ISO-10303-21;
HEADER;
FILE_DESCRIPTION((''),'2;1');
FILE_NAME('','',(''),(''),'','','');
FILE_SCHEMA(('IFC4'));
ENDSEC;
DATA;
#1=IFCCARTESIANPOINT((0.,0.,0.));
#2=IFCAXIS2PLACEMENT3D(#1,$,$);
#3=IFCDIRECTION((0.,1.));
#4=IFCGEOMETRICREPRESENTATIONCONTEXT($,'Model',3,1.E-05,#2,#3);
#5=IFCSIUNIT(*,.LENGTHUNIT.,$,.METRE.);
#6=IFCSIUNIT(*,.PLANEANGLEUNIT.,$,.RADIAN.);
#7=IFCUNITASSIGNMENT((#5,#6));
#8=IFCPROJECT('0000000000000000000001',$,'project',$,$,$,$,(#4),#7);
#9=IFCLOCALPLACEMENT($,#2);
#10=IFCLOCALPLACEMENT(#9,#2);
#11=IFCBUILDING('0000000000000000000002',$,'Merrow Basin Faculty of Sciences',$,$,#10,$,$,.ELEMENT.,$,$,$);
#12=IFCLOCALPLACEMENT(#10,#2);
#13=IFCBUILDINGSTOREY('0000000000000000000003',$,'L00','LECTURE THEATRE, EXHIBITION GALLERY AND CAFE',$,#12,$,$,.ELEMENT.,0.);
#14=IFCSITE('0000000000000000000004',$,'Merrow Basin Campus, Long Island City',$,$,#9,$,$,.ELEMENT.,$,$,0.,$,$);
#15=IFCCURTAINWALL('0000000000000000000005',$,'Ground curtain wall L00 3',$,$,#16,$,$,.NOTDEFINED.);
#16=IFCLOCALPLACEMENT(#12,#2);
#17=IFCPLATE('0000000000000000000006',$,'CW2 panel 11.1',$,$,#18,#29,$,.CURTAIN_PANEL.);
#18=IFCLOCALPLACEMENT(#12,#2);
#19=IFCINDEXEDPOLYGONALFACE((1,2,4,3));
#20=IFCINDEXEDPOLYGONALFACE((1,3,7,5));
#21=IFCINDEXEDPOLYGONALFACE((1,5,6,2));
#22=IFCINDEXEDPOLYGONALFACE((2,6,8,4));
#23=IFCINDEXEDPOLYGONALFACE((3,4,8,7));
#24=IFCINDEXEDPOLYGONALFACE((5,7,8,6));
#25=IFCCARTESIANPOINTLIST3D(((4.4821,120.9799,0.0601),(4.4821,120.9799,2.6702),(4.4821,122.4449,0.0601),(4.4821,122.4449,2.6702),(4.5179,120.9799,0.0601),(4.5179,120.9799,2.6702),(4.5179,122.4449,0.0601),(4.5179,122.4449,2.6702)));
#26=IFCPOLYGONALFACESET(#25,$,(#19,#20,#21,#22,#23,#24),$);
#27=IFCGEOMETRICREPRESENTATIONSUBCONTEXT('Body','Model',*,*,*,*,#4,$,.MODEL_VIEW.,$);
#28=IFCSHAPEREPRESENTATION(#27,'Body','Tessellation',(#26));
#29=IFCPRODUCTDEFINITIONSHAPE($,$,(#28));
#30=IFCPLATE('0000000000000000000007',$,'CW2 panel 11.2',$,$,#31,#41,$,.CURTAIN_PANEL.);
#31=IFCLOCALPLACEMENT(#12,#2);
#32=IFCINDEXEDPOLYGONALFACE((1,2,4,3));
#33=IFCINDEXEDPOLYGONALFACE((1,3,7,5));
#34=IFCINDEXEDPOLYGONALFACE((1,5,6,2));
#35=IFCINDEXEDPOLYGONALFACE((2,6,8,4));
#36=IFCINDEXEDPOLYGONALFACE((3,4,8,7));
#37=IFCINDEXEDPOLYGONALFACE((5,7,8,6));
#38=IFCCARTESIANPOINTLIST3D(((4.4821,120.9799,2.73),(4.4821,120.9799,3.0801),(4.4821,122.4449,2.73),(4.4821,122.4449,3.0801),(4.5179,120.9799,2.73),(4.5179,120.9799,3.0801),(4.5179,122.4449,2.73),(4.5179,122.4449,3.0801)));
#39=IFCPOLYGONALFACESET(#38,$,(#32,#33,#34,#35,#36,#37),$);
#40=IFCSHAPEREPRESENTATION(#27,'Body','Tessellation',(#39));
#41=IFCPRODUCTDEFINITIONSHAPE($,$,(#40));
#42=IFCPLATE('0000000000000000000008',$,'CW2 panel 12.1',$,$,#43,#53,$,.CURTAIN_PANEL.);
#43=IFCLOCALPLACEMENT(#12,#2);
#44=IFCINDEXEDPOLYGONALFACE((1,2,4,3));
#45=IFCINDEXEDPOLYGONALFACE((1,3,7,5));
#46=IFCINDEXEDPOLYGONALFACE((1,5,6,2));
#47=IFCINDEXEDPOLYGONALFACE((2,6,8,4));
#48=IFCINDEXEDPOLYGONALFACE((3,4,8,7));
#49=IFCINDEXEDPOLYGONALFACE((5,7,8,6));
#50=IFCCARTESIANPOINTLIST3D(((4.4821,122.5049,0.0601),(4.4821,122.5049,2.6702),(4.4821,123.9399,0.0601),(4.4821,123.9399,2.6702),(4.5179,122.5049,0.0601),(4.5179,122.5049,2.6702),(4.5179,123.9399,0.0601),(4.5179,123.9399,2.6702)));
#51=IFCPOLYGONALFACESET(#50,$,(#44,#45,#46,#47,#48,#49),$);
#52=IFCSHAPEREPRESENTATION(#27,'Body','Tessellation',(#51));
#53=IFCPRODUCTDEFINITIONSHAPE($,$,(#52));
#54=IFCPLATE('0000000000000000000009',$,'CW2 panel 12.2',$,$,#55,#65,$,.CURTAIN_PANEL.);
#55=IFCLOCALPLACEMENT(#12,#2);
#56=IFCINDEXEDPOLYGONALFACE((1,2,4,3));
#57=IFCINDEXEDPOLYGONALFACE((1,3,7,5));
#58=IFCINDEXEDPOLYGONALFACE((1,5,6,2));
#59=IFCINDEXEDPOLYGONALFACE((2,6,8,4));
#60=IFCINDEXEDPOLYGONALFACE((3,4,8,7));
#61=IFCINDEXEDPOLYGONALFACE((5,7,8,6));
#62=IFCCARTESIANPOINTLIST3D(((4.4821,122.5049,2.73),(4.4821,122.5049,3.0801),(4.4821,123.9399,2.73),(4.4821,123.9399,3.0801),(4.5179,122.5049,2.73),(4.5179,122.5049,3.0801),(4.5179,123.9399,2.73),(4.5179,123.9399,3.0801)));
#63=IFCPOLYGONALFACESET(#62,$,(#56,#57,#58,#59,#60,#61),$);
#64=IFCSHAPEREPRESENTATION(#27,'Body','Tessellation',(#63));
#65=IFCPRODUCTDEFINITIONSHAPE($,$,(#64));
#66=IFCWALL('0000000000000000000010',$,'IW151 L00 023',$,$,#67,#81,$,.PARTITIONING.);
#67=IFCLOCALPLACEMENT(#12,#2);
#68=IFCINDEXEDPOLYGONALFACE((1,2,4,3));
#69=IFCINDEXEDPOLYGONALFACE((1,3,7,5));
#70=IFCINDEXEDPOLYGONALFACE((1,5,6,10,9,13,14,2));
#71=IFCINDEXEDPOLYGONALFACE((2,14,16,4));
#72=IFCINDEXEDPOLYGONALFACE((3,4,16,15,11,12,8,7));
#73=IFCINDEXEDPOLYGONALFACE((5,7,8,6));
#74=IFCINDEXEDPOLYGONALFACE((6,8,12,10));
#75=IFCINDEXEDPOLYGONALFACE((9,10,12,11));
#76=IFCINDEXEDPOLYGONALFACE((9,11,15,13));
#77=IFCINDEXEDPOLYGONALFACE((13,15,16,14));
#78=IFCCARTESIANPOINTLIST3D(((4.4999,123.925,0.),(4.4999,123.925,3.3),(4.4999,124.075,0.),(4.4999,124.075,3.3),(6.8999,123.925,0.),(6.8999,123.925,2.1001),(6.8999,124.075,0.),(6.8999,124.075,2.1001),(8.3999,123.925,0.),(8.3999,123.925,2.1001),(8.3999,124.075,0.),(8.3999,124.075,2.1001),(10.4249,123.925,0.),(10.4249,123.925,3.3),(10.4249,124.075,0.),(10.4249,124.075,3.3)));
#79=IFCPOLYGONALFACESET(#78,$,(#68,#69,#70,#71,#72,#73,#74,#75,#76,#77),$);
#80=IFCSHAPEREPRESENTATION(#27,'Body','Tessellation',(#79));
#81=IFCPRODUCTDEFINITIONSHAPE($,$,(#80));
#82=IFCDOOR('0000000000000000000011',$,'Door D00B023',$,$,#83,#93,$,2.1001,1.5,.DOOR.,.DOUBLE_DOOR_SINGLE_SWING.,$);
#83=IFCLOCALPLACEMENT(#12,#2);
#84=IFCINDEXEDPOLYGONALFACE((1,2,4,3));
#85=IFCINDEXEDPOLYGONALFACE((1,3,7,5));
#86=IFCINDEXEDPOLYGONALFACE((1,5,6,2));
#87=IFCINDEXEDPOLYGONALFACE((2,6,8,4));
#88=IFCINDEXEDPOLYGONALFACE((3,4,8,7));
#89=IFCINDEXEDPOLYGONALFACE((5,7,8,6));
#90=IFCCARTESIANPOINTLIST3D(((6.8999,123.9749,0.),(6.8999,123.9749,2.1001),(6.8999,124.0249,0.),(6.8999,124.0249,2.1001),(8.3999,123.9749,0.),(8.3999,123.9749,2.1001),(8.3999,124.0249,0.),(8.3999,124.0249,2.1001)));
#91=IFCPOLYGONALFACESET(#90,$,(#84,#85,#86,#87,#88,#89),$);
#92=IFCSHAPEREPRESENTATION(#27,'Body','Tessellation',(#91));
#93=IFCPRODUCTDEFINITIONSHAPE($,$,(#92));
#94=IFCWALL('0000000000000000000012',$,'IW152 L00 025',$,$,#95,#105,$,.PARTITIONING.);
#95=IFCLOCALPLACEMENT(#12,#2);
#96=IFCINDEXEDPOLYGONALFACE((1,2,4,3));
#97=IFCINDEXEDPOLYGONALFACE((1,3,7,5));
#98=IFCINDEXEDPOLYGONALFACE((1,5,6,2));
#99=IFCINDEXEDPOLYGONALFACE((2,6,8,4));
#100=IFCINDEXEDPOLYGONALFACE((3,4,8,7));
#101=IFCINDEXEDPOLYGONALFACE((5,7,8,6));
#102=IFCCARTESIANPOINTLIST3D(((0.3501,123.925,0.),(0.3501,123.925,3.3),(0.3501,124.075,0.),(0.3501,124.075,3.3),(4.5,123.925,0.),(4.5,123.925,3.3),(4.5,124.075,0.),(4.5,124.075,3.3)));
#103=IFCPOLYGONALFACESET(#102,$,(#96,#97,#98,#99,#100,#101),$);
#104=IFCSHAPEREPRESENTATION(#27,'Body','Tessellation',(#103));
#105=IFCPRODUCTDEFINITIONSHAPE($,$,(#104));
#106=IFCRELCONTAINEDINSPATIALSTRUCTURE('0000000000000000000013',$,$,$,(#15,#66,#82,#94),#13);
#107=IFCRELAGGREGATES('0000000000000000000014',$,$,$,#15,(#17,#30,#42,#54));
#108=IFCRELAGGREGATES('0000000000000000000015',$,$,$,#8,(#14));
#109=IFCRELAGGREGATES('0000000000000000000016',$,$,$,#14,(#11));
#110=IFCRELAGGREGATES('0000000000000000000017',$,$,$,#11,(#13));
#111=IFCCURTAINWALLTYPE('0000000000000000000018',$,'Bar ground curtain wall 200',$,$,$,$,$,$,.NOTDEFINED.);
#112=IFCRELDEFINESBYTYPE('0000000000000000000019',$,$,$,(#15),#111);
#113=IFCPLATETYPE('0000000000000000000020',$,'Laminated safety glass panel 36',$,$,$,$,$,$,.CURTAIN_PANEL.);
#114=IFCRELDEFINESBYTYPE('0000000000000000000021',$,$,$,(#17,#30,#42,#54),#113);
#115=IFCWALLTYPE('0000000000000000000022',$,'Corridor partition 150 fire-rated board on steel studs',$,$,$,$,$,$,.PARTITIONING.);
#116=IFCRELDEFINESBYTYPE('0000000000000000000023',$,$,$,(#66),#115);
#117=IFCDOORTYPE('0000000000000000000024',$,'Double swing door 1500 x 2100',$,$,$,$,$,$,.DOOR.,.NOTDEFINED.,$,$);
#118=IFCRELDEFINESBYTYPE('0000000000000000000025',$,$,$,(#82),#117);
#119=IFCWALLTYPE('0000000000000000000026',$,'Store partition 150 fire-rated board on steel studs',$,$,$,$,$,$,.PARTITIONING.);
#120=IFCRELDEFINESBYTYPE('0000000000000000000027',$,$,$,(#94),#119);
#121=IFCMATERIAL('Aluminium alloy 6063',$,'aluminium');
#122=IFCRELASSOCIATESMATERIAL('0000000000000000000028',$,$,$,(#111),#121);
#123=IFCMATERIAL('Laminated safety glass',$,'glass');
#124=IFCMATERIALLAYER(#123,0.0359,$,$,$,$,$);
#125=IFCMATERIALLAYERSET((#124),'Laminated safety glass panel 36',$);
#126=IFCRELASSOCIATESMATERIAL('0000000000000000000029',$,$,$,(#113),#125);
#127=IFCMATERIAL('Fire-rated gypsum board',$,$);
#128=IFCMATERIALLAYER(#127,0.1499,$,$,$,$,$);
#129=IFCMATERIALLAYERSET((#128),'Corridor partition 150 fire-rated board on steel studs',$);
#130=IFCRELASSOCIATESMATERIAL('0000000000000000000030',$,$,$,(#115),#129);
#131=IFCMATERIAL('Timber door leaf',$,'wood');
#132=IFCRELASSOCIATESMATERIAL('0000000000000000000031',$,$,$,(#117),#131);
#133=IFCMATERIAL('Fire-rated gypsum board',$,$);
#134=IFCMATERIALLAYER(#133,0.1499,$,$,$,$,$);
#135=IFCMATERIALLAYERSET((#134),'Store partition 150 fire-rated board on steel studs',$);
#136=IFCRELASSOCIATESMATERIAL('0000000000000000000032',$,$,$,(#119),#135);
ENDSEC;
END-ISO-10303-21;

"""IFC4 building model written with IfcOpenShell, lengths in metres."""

from ifc_helpers import new_model, si_unit, direction, frame, frame_2d, origin, origin_2d, place, context, subcontext, project, spatial, rectangle, extrude, material, layer, layer_set, type_object, element, fill, aggregate, save


model = new_model("IFC4")

# Units and contexts
model_context = context("Model", 3, precision=1e-05, world=origin(), true_north=direction((0.0, 1.0)))
body_context = subcontext(model_context, "Body", "Model", "MODEL_VIEW")
ifc_project = project(units=[si_unit("LENGTHUNIT", "METRE"), si_unit("PLANEANGLEUNIT", "RADIAN")], contexts=[model_context])

# Site, building, storey
site_placement = place(None, origin())
site = spatial("IfcSite", under=ifc_project, at=site_placement, Name="Merrow Basin Campus, Long Island City", CompositionType="ELEMENT", RefElevation=0.0)
building_placement = place(site_placement, origin())
building = spatial("IfcBuilding", under=site, at=building_placement, Name="Merrow Basin Faculty of Sciences", CompositionType="ELEMENT")
storey_placement = place(building_placement, origin())
storey = spatial("IfcBuildingStorey", under=building, at=storey_placement, Name="L00", Description="LECTURE THEATRE, EXHIBITION GALLERY AND CAFE", CompositionType="ELEMENT", Elevation=0.0)

# Curtain wall, plates
ifc_material_1 = material(Name="Aluminium alloy 6063", Category="aluminium")
curtain_wall_type = type_object("IfcCurtainWallType", Name="Bar ground curtain wall 200", PredefinedType="NOTDEFINED", material=ifc_material_1)
curtain_wall_placement = place(storey_placement, origin())
curtain_wall = element("IfcCurtainWall", 1, at=curtain_wall_placement, inside=storey, type_object=curtain_wall_type, Name="Ground curtain wall L00 3", PredefinedType="NOTDEFINED")
ifc_material_2 = material(Name="Laminated safety glass", Category="glass")
ifc_layer_1 = layer(ifc_material_2, 0.0359)
ifc_layer_set_1 = layer_set([ifc_layer_1], Name="Laminated safety glass panel 36")
plate_type = type_object("IfcPlateType", Name="Laminated safety glass panel 36", PredefinedType="CURTAIN_PANEL", material=ifc_layer_set_1)
plate_1_placement = place(storey_placement, frame((4.5, 121.7124, 0.0601), z_axis=(0.0, 0.0, 1.0), x_axis=(0.0, 1.0, 0.0)))
plate_1 = element("IfcPlate", 2, at=plate_1_placement, type_object=plate_type, Name="CW2 panel 11.1", PredefinedType="CURTAIN_PANEL", context=body_context, shape_type="SweptSolid", body=[
    extrude(rectangle(XDim=1.4651, YDim=0.0359, at=origin_2d()), origin(), (0.0, 0.0, 1.0), 2.6101),
])
plate_2_placement = place(storey_placement, frame((4.5, 121.7124, 2.73), z_axis=(0.0, 0.0, 1.0), x_axis=(0.0, 1.0, 0.0)))
plate_2 = element("IfcPlate", 3, at=plate_2_placement, type_object=plate_type, Name="CW2 panel 11.2", PredefinedType="CURTAIN_PANEL", context=body_context, shape_type="SweptSolid", body=[
    extrude(rectangle(XDim=1.4651, YDim=0.0359, at=origin_2d()), origin(), (0.0, 0.0, 1.0), 0.3501),
])
plate_3_placement = place(storey_placement, frame((4.5, 123.2224, 0.0601), z_axis=(0.0, 0.0, 1.0), x_axis=(0.0, 1.0, 0.0)))
plate_3 = element("IfcPlate", 4, at=plate_3_placement, type_object=plate_type, Name="CW2 panel 12.1", PredefinedType="CURTAIN_PANEL", context=body_context, shape_type="SweptSolid", body=[
    extrude(rectangle(XDim=1.4351, YDim=0.0359, at=origin_2d()), origin(), (0.0, 0.0, 1.0), 2.6101),
])
plate_4_placement = place(storey_placement, frame((4.5, 123.2224, 2.73), z_axis=(0.0, 0.0, 1.0), x_axis=(0.0, 1.0, 0.0)))
plate_4 = element("IfcPlate", 5, at=plate_4_placement, type_object=plate_type, Name="CW2 panel 12.2", PredefinedType="CURTAIN_PANEL", context=body_context, shape_type="SweptSolid", body=[
    extrude(rectangle(XDim=1.4351, YDim=0.0359, at=origin_2d()), origin(), (0.0, 0.0, 1.0), 0.3501),
])
aggregate(curtain_wall, [plate_1, plate_2, plate_3, plate_4])

# Wall, opening, door
ifc_material_3 = material(Name="Fire-rated gypsum board")
ifc_layer_2 = layer(ifc_material_3, 0.1499)
ifc_layer_set_2 = layer_set([ifc_layer_2], Name="Corridor partition 150 fire-rated board on steel studs")
wall_type_1 = type_object("IfcWallType", Name="Corridor partition 150 fire-rated board on steel studs", PredefinedType="PARTITIONING", material=ifc_layer_set_2)
wall_1_placement = place(storey_placement, frame((4.5, 124.0, 0.0), z_axis=(0.0, 0.0, 1.0), x_axis=(1.0, 0.0, 0.0)))
wall_1 = element("IfcWall", 6, at=wall_1_placement, inside=storey, type_object=wall_type_1, Name="IW151 L00 023", PredefinedType="PARTITIONING", context=body_context, shape_type="SweptSolid", body=[
    extrude(rectangle(XDim=5.925, YDim=0.1499, at=frame_2d((2.9624, 0.0))), origin(), (0.0, 0.0, 1.0), 3.3),
])
opening_placement = place(wall_1_placement, frame((2.3999, 0.0, 0.0)))
opening = element("IfcOpeningElement", 7, at=opening_placement, cuts=wall_1, PredefinedType="OPENING", context=body_context, shape_type="SweptSolid", body=[
    extrude(rectangle(XDim=1.5, YDim=2.1001, at=frame_2d((0.75, 1.05))), frame((0.0, 0.085, 0.0), z_axis=(0.0, -1.0, 0.0), x_axis=(1.0, 0.0, 0.0)), (0.0, 0.0, 1.0), 0.1699),
])
ifc_material_4 = material(Name="Timber door leaf", Category="wood")
door_type = type_object("IfcDoorType", Name="Double swing door 1500 x 2100", OperationType="NOTDEFINED", PredefinedType="DOOR", material=ifc_material_4)
door_placement = place(opening_placement, origin())
door = element("IfcDoor", 8, at=door_placement, inside=storey, type_object=door_type, Name="Door D00B023", OperationType="DOUBLE_DOOR_SINGLE_SWING", OverallHeight=2.1001, OverallWidth=1.5, PredefinedType="DOOR", context=body_context, shape_type="SweptSolid", body=[
    extrude(rectangle(XDim=1.5, YDim=2.1001, at=frame_2d((0.75, 1.05))), frame((0.0, 0.0249, 0.0), z_axis=(0.0, -1.0, 0.0), x_axis=(1.0, 0.0, 0.0)), (0.0, 0.0, 1.0), 0.05),
])
fill(opening, door)

# Wall
ifc_material_5 = material(Name="Fire-rated gypsum board")
ifc_layer_3 = layer(ifc_material_5, 0.1499)
ifc_layer_set_3 = layer_set([ifc_layer_3], Name="Store partition 150 fire-rated board on steel studs")
wall_type_2 = type_object("IfcWallType", Name="Store partition 150 fire-rated board on steel studs", PredefinedType="PARTITIONING", material=ifc_layer_set_3)
wall_2_placement = place(storey_placement, frame((0.3501, 124.0, 0.0), z_axis=(0.0, 0.0, 1.0), x_axis=(1.0, 0.0, 0.0)))
element("IfcWall", 9, at=wall_2_placement, inside=storey, type_object=wall_type_2, Name="IW152 L00 025", PredefinedType="PARTITIONING", context=body_context, shape_type="SweptSolid", body=[
    extrude(rectangle(XDim=4.1499, YDim=0.1499, at=frame_2d((2.075, 0.0))), origin(), (0.0, 0.0, 1.0), 3.3),
])

save(model, "model.ifc")
